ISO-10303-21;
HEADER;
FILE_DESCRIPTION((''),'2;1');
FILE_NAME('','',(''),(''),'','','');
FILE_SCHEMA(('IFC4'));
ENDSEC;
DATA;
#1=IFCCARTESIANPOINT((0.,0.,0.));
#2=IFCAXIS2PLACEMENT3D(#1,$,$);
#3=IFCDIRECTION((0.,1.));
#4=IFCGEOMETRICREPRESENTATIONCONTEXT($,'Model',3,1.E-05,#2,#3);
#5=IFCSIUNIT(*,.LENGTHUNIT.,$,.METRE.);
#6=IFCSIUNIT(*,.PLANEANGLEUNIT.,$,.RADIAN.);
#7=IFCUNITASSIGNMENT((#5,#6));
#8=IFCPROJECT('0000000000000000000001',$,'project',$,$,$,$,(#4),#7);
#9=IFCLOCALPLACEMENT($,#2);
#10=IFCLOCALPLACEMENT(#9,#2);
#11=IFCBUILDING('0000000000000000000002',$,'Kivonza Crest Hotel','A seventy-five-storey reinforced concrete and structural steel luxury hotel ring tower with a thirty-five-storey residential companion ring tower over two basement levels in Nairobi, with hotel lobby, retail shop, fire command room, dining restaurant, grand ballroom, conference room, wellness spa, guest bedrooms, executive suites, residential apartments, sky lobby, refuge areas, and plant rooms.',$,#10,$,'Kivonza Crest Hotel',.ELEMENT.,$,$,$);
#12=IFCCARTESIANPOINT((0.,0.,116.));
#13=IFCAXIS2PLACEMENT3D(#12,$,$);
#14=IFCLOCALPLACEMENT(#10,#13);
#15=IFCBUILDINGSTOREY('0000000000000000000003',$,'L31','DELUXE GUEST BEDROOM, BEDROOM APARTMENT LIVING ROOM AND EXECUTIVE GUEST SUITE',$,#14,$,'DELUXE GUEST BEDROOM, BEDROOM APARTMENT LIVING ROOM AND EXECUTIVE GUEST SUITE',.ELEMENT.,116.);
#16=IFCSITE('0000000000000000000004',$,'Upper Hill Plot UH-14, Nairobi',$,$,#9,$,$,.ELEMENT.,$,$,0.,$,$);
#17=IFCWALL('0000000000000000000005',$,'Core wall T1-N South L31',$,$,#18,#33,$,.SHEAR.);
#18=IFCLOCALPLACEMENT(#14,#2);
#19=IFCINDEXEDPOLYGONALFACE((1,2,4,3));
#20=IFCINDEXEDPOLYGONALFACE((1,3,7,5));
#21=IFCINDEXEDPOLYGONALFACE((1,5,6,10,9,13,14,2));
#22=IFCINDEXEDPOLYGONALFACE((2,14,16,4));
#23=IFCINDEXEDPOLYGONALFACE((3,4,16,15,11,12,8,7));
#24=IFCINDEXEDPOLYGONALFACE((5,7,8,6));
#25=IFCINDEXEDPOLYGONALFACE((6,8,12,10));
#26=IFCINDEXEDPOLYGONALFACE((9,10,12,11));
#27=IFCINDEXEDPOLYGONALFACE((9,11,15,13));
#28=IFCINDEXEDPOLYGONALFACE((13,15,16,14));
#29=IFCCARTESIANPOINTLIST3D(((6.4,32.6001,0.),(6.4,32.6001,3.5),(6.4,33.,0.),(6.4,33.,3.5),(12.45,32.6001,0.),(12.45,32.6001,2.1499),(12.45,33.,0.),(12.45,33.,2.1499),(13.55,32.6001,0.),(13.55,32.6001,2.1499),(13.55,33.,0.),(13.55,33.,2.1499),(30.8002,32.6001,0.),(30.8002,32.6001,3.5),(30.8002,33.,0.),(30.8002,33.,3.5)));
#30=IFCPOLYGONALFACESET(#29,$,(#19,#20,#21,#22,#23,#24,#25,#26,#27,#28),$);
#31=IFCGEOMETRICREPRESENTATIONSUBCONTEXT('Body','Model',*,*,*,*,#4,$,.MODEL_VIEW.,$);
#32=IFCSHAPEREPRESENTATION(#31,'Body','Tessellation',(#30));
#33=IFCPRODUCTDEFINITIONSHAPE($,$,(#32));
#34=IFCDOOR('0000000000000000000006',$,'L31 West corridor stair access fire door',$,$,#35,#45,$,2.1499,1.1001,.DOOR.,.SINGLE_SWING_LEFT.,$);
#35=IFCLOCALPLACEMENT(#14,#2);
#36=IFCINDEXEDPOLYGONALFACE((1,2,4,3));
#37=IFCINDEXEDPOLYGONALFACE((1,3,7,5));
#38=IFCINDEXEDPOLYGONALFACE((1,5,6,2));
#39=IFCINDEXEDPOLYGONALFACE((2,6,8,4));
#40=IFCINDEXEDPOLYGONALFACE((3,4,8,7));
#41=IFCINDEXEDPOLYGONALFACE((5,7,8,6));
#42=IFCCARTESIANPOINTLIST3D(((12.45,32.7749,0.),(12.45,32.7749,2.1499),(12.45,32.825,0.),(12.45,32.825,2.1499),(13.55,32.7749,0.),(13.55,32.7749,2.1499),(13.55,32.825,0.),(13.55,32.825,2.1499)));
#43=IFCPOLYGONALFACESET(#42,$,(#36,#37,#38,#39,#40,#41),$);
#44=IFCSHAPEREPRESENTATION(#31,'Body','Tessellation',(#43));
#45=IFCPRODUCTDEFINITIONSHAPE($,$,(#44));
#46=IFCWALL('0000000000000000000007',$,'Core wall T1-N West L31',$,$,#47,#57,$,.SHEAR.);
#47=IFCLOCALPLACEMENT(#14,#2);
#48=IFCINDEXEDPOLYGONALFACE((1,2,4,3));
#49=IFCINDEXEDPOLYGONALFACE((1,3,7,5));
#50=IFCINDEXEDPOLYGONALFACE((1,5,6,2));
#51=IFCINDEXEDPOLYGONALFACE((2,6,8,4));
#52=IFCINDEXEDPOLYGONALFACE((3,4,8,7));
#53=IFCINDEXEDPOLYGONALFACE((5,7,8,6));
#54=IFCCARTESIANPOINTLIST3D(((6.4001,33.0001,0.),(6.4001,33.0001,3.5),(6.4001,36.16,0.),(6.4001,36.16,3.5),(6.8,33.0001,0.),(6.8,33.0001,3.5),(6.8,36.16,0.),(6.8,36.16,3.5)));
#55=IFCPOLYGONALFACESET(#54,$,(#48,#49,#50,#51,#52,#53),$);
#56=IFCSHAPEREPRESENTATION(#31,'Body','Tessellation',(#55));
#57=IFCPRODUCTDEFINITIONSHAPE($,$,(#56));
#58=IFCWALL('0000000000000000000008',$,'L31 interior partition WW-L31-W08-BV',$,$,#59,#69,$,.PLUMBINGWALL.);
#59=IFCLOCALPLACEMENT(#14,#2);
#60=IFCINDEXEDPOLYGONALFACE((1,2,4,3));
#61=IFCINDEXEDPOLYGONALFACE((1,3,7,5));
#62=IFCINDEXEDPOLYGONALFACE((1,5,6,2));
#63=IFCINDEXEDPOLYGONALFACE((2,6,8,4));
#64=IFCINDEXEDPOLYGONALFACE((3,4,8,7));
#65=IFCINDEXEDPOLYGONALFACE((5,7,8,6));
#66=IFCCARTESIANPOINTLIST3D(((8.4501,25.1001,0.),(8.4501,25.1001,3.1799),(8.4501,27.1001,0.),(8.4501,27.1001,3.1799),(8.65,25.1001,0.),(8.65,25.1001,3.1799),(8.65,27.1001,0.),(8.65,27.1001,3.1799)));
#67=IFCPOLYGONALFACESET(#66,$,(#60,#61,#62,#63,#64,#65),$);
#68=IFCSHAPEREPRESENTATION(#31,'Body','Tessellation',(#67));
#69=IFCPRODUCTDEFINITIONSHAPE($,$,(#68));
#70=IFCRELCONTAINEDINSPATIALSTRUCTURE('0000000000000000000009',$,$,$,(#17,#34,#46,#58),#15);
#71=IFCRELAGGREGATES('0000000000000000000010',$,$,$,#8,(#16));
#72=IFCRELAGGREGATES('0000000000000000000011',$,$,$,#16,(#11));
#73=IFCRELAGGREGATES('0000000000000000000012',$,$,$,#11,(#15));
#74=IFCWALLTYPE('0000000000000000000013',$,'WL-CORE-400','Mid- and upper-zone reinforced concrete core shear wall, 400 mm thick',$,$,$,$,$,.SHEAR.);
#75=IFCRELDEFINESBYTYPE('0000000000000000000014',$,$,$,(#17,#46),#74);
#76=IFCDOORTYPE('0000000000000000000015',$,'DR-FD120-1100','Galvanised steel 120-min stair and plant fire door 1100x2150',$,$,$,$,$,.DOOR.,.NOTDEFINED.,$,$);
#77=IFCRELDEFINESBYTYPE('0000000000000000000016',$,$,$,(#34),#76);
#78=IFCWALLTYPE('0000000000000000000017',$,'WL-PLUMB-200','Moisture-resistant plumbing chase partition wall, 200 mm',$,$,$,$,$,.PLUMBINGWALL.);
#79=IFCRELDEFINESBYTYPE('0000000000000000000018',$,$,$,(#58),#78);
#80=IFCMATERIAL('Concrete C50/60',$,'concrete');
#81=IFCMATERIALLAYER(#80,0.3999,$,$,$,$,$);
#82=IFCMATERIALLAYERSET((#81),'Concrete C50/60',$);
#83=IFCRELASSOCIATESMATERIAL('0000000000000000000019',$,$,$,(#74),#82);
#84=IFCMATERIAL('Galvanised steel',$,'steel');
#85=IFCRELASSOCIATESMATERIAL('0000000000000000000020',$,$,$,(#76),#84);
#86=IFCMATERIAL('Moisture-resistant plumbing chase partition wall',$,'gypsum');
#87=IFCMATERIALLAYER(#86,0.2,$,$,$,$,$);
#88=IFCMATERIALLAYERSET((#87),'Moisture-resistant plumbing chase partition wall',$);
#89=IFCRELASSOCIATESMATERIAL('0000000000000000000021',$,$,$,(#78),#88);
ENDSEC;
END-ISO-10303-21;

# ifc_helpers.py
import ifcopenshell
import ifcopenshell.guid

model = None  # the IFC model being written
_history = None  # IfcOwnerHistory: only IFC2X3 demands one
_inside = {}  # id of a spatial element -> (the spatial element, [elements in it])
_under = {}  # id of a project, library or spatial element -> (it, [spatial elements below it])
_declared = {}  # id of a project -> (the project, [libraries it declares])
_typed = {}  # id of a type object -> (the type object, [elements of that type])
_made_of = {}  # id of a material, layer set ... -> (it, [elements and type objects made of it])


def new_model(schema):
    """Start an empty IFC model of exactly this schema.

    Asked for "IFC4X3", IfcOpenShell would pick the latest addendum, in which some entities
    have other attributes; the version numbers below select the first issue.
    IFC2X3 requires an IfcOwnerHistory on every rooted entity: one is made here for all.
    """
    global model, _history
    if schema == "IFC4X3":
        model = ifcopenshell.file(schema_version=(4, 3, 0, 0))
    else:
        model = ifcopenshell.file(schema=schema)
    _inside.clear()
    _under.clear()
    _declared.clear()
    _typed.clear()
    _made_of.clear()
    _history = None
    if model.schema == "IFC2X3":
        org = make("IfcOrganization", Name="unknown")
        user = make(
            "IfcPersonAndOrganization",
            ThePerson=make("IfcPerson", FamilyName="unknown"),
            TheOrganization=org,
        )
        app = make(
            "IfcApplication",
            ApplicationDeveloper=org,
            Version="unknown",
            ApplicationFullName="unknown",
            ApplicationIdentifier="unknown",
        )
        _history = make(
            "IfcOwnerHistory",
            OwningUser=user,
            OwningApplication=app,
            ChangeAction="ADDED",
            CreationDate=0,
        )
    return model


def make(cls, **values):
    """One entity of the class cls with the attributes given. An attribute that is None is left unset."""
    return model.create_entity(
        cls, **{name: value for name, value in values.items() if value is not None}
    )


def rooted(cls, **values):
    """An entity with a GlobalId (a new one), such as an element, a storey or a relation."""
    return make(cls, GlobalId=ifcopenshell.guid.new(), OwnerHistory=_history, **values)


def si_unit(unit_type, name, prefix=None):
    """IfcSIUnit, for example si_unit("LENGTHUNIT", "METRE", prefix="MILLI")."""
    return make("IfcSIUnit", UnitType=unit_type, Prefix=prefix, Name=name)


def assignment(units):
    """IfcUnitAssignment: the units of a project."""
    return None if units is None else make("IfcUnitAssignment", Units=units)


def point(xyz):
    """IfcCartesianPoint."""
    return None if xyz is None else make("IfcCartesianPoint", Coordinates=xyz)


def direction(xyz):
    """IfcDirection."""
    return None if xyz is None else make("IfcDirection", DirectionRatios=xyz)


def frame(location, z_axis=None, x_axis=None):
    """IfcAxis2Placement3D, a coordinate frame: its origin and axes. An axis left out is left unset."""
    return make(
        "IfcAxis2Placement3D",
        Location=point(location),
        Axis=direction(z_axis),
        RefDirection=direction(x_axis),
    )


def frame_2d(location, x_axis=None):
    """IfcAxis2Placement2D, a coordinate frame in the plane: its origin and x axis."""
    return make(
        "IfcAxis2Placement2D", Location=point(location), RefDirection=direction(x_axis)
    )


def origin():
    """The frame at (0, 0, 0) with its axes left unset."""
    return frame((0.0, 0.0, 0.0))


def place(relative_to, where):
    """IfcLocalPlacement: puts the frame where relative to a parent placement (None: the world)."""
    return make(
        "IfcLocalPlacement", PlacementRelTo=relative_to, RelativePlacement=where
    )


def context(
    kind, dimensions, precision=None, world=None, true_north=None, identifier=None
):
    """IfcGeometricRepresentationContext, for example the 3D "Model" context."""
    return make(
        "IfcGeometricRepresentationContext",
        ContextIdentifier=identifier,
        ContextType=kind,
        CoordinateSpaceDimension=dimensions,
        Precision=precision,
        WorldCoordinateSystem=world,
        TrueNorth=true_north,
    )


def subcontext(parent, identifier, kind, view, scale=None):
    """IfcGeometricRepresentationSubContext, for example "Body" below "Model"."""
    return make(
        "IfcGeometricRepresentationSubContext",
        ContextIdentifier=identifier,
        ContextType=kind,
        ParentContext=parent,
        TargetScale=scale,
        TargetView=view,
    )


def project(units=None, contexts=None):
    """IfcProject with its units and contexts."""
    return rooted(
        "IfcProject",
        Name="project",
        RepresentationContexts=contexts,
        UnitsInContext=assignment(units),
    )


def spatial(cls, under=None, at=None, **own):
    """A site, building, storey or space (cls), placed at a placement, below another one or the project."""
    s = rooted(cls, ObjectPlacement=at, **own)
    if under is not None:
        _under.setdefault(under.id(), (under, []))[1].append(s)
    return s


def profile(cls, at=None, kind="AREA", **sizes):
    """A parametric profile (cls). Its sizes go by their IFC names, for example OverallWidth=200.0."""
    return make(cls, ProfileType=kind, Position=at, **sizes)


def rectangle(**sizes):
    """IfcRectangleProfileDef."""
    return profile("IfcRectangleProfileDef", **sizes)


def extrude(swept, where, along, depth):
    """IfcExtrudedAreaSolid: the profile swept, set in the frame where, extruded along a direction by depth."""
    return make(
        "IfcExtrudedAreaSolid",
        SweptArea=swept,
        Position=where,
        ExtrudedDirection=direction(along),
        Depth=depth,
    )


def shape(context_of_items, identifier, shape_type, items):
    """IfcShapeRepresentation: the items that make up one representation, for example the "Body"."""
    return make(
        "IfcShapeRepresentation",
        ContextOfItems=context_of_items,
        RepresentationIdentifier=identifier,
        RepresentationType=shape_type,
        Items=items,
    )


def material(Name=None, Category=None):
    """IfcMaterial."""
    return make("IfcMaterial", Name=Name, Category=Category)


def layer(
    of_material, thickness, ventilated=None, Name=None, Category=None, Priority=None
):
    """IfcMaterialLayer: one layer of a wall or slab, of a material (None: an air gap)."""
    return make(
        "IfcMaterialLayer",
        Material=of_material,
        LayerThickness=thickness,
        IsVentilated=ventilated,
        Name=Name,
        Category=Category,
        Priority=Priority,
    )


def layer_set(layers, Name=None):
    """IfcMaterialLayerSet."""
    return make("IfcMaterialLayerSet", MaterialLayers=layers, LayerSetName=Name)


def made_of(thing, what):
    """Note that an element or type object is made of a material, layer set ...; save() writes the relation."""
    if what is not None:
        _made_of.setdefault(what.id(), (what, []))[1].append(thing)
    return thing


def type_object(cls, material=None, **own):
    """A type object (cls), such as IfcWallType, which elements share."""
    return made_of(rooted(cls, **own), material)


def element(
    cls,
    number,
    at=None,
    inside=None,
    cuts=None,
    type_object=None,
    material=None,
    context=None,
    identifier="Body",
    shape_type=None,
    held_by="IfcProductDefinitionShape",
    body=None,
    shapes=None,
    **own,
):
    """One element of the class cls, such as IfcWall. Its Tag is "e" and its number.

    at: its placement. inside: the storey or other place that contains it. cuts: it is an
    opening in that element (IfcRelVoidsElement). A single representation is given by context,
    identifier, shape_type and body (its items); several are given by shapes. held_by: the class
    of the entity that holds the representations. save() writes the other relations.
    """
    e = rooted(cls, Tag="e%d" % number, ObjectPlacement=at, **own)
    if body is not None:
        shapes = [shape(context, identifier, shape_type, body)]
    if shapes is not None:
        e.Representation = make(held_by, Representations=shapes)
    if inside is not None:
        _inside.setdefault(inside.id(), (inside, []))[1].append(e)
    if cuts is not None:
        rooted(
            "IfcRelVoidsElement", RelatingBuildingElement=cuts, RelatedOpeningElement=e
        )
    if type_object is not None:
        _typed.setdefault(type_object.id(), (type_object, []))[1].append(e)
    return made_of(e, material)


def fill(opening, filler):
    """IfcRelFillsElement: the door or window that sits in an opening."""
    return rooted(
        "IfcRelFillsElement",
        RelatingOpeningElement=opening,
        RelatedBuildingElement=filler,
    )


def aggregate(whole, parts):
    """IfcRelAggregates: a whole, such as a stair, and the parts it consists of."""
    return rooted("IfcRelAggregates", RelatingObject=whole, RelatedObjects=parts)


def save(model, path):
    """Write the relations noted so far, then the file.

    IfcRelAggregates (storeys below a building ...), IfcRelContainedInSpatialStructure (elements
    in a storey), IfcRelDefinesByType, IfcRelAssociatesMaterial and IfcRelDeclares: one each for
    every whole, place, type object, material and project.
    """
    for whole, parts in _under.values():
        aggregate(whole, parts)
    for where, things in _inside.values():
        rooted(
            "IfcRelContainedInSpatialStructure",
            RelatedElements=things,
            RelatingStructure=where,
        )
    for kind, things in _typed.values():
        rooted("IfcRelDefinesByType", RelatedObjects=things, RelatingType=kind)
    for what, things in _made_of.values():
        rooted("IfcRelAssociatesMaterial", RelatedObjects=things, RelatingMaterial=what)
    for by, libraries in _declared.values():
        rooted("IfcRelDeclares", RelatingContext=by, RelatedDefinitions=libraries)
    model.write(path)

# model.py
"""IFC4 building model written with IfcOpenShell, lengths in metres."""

from ifc_helpers import new_model, si_unit, direction, frame, frame_2d, origin, place, context, subcontext, project, spatial, rectangle, extrude, material, layer, layer_set, type_object, element, fill, save


model = new_model("IFC4")

# Units and contexts
model_context = context("Model", 3, precision=1e-05, world=origin(), true_north=direction((0.0, 1.0)))
body_context = subcontext(model_context, "Body", "Model", "MODEL_VIEW")
ifc_project = project(units=[si_unit("LENGTHUNIT", "METRE"), si_unit("PLANEANGLEUNIT", "RADIAN")], contexts=[model_context])

# Site, building, storey
site_placement = place(None, origin())
site = spatial("IfcSite", under=ifc_project, at=site_placement, Name="Upper Hill Plot UH-14, Nairobi", CompositionType="ELEMENT", RefElevation=0.0)
building_placement = place(site_placement, origin())
building = spatial("IfcBuilding", under=site, at=building_placement, Name="Kivonza Crest Hotel", Description="A seventy-five-storey reinforced concrete and structural steel luxury hotel ring tower with a thirty-five-storey residential companion ring tower over two basement levels in Nairobi, with hotel lobby, retail shop, fire command room, dining restaurant, grand ballroom, conference room, wellness spa, guest bedrooms, executive suites, residential apartments, sky lobby, refuge areas, and plant rooms.", LongName="Kivonza Crest Hotel", CompositionType="ELEMENT")
storey_placement = place(building_placement, frame((0.0, 0.0, 116.0)))
storey = spatial("IfcBuildingStorey", under=building, at=storey_placement, Name="L31", Description="DELUXE GUEST BEDROOM, BEDROOM APARTMENT LIVING ROOM AND EXECUTIVE GUEST SUITE", LongName="DELUXE GUEST BEDROOM, BEDROOM APARTMENT LIVING ROOM AND EXECUTIVE GUEST SUITE", CompositionType="ELEMENT", Elevation=116.0)

# Shared definitions
ifc_material_1 = material(Name="Concrete C50/60", Category="concrete")

# Wall, opening, door
ifc_layer_1 = layer(ifc_material_1, 0.3999)
ifc_layer_set_1 = layer_set([ifc_layer_1], Name="Concrete C50/60")
wall_type_1 = type_object("IfcWallType", Name="WL-CORE-400", Description="Mid- and upper-zone reinforced concrete core shear wall, 400 mm thick", PredefinedType="SHEAR", material=ifc_layer_set_1)
wall_1_placement = place(storey_placement, frame((6.3999, 32.8, 0.0), z_axis=(0.0, 0.0, 1.0), x_axis=(1.0, 0.0, 0.0)))
wall_1 = element("IfcWall", 1, at=wall_1_placement, inside=storey, type_object=wall_type_1, Name="Core wall T1-N South L31", PredefinedType="SHEAR", context=body_context, shape_type="SweptSolid", body=[
    extrude(rectangle(XDim=24.4001, YDim=0.3999, at=frame_2d((12.2002, 0.0))), origin(), (0.0, 0.0, 1.0), 3.5),
])
opening_placement = place(wall_1_placement, frame((6.05, 0.0, 0.0)))
opening = element("IfcOpeningElement", 2, at=opening_placement, cuts=wall_1, PredefinedType="OPENING", context=body_context, shape_type="SweptSolid", body=[
    extrude(rectangle(XDim=1.1001, YDim=2.1499, at=frame_2d((0.55, 1.075))), frame((0.0, 0.21, 0.0), z_axis=(0.0, -1.0, 0.0), x_axis=(1.0, 0.0, 0.0)), (0.0, 0.0, 1.0), 0.4199),
])
ifc_material_2 = material(Name="Galvanised steel", Category="steel")
door_type = type_object("IfcDoorType", Name="DR-FD120-1100", Description="Galvanised steel 120-min stair and plant fire door 1100x2150", OperationType="NOTDEFINED", PredefinedType="DOOR", material=ifc_material_2)
door_placement = place(opening_placement, origin())
door = element("IfcDoor", 3, at=door_placement, inside=storey, type_object=door_type, Name="L31 West corridor stair access fire door", OperationType="SINGLE_SWING_LEFT", OverallHeight=2.1499, OverallWidth=1.1001, PredefinedType="DOOR", context=body_context, shape_type="SweptSolid", body=[
    extrude(rectangle(XDim=1.1001, YDim=2.1499, at=frame_2d((0.55, 1.075))), frame((0.0, 0.0249, 0.0), z_axis=(0.0, -1.0, 0.0), x_axis=(1.0, 0.0, 0.0)), (0.0, 0.0, 1.0), 0.05),
])
fill(opening, door)

# Walls
wall_2_placement = place(storey_placement, frame((6.6001, 33.0, 0.0), z_axis=(0.0, 0.0, 1.0), x_axis=(0.0, 1.0, 0.0)))
element("IfcWall", 4, at=wall_2_placement, inside=storey, type_object=wall_type_1, Name="Core wall T1-N West L31", PredefinedType="SHEAR", context=body_context, shape_type="SweptSolid", body=[
    extrude(rectangle(XDim=3.1599, YDim=0.3999, at=frame_2d((1.5801, 0.0))), origin(), (0.0, 0.0, 1.0), 3.5),
])
ifc_material_3 = material(Name="Moisture-resistant plumbing chase partition wall", Category="gypsum")
ifc_layer_2 = layer(ifc_material_3, 0.2)
ifc_layer_set_2 = layer_set([ifc_layer_2], Name="Moisture-resistant plumbing chase partition wall")
wall_type_2 = type_object("IfcWallType", Name="WL-PLUMB-200", Description="Moisture-resistant plumbing chase partition wall, 200 mm", PredefinedType="PLUMBINGWALL", material=ifc_layer_set_2)
wall_3_placement = place(storey_placement, frame((8.55, 25.1001, 0.0), z_axis=(0.0, 0.0, 1.0), x_axis=(0.0, 1.0, 0.0)))
element("IfcWall", 5, at=wall_3_placement, inside=storey, type_object=wall_type_2, Name="L31 interior partition WW-L31-W08-BV", PredefinedType="PLUMBINGWALL", context=body_context, shape_type="SweptSolid", body=[
    extrude(rectangle(XDim=2.0, YDim=0.2, at=frame_2d((1.0, 0.0))), origin(), (0.0, 0.0, 1.0), 3.1799),
])

save(model, "model.ifc")
